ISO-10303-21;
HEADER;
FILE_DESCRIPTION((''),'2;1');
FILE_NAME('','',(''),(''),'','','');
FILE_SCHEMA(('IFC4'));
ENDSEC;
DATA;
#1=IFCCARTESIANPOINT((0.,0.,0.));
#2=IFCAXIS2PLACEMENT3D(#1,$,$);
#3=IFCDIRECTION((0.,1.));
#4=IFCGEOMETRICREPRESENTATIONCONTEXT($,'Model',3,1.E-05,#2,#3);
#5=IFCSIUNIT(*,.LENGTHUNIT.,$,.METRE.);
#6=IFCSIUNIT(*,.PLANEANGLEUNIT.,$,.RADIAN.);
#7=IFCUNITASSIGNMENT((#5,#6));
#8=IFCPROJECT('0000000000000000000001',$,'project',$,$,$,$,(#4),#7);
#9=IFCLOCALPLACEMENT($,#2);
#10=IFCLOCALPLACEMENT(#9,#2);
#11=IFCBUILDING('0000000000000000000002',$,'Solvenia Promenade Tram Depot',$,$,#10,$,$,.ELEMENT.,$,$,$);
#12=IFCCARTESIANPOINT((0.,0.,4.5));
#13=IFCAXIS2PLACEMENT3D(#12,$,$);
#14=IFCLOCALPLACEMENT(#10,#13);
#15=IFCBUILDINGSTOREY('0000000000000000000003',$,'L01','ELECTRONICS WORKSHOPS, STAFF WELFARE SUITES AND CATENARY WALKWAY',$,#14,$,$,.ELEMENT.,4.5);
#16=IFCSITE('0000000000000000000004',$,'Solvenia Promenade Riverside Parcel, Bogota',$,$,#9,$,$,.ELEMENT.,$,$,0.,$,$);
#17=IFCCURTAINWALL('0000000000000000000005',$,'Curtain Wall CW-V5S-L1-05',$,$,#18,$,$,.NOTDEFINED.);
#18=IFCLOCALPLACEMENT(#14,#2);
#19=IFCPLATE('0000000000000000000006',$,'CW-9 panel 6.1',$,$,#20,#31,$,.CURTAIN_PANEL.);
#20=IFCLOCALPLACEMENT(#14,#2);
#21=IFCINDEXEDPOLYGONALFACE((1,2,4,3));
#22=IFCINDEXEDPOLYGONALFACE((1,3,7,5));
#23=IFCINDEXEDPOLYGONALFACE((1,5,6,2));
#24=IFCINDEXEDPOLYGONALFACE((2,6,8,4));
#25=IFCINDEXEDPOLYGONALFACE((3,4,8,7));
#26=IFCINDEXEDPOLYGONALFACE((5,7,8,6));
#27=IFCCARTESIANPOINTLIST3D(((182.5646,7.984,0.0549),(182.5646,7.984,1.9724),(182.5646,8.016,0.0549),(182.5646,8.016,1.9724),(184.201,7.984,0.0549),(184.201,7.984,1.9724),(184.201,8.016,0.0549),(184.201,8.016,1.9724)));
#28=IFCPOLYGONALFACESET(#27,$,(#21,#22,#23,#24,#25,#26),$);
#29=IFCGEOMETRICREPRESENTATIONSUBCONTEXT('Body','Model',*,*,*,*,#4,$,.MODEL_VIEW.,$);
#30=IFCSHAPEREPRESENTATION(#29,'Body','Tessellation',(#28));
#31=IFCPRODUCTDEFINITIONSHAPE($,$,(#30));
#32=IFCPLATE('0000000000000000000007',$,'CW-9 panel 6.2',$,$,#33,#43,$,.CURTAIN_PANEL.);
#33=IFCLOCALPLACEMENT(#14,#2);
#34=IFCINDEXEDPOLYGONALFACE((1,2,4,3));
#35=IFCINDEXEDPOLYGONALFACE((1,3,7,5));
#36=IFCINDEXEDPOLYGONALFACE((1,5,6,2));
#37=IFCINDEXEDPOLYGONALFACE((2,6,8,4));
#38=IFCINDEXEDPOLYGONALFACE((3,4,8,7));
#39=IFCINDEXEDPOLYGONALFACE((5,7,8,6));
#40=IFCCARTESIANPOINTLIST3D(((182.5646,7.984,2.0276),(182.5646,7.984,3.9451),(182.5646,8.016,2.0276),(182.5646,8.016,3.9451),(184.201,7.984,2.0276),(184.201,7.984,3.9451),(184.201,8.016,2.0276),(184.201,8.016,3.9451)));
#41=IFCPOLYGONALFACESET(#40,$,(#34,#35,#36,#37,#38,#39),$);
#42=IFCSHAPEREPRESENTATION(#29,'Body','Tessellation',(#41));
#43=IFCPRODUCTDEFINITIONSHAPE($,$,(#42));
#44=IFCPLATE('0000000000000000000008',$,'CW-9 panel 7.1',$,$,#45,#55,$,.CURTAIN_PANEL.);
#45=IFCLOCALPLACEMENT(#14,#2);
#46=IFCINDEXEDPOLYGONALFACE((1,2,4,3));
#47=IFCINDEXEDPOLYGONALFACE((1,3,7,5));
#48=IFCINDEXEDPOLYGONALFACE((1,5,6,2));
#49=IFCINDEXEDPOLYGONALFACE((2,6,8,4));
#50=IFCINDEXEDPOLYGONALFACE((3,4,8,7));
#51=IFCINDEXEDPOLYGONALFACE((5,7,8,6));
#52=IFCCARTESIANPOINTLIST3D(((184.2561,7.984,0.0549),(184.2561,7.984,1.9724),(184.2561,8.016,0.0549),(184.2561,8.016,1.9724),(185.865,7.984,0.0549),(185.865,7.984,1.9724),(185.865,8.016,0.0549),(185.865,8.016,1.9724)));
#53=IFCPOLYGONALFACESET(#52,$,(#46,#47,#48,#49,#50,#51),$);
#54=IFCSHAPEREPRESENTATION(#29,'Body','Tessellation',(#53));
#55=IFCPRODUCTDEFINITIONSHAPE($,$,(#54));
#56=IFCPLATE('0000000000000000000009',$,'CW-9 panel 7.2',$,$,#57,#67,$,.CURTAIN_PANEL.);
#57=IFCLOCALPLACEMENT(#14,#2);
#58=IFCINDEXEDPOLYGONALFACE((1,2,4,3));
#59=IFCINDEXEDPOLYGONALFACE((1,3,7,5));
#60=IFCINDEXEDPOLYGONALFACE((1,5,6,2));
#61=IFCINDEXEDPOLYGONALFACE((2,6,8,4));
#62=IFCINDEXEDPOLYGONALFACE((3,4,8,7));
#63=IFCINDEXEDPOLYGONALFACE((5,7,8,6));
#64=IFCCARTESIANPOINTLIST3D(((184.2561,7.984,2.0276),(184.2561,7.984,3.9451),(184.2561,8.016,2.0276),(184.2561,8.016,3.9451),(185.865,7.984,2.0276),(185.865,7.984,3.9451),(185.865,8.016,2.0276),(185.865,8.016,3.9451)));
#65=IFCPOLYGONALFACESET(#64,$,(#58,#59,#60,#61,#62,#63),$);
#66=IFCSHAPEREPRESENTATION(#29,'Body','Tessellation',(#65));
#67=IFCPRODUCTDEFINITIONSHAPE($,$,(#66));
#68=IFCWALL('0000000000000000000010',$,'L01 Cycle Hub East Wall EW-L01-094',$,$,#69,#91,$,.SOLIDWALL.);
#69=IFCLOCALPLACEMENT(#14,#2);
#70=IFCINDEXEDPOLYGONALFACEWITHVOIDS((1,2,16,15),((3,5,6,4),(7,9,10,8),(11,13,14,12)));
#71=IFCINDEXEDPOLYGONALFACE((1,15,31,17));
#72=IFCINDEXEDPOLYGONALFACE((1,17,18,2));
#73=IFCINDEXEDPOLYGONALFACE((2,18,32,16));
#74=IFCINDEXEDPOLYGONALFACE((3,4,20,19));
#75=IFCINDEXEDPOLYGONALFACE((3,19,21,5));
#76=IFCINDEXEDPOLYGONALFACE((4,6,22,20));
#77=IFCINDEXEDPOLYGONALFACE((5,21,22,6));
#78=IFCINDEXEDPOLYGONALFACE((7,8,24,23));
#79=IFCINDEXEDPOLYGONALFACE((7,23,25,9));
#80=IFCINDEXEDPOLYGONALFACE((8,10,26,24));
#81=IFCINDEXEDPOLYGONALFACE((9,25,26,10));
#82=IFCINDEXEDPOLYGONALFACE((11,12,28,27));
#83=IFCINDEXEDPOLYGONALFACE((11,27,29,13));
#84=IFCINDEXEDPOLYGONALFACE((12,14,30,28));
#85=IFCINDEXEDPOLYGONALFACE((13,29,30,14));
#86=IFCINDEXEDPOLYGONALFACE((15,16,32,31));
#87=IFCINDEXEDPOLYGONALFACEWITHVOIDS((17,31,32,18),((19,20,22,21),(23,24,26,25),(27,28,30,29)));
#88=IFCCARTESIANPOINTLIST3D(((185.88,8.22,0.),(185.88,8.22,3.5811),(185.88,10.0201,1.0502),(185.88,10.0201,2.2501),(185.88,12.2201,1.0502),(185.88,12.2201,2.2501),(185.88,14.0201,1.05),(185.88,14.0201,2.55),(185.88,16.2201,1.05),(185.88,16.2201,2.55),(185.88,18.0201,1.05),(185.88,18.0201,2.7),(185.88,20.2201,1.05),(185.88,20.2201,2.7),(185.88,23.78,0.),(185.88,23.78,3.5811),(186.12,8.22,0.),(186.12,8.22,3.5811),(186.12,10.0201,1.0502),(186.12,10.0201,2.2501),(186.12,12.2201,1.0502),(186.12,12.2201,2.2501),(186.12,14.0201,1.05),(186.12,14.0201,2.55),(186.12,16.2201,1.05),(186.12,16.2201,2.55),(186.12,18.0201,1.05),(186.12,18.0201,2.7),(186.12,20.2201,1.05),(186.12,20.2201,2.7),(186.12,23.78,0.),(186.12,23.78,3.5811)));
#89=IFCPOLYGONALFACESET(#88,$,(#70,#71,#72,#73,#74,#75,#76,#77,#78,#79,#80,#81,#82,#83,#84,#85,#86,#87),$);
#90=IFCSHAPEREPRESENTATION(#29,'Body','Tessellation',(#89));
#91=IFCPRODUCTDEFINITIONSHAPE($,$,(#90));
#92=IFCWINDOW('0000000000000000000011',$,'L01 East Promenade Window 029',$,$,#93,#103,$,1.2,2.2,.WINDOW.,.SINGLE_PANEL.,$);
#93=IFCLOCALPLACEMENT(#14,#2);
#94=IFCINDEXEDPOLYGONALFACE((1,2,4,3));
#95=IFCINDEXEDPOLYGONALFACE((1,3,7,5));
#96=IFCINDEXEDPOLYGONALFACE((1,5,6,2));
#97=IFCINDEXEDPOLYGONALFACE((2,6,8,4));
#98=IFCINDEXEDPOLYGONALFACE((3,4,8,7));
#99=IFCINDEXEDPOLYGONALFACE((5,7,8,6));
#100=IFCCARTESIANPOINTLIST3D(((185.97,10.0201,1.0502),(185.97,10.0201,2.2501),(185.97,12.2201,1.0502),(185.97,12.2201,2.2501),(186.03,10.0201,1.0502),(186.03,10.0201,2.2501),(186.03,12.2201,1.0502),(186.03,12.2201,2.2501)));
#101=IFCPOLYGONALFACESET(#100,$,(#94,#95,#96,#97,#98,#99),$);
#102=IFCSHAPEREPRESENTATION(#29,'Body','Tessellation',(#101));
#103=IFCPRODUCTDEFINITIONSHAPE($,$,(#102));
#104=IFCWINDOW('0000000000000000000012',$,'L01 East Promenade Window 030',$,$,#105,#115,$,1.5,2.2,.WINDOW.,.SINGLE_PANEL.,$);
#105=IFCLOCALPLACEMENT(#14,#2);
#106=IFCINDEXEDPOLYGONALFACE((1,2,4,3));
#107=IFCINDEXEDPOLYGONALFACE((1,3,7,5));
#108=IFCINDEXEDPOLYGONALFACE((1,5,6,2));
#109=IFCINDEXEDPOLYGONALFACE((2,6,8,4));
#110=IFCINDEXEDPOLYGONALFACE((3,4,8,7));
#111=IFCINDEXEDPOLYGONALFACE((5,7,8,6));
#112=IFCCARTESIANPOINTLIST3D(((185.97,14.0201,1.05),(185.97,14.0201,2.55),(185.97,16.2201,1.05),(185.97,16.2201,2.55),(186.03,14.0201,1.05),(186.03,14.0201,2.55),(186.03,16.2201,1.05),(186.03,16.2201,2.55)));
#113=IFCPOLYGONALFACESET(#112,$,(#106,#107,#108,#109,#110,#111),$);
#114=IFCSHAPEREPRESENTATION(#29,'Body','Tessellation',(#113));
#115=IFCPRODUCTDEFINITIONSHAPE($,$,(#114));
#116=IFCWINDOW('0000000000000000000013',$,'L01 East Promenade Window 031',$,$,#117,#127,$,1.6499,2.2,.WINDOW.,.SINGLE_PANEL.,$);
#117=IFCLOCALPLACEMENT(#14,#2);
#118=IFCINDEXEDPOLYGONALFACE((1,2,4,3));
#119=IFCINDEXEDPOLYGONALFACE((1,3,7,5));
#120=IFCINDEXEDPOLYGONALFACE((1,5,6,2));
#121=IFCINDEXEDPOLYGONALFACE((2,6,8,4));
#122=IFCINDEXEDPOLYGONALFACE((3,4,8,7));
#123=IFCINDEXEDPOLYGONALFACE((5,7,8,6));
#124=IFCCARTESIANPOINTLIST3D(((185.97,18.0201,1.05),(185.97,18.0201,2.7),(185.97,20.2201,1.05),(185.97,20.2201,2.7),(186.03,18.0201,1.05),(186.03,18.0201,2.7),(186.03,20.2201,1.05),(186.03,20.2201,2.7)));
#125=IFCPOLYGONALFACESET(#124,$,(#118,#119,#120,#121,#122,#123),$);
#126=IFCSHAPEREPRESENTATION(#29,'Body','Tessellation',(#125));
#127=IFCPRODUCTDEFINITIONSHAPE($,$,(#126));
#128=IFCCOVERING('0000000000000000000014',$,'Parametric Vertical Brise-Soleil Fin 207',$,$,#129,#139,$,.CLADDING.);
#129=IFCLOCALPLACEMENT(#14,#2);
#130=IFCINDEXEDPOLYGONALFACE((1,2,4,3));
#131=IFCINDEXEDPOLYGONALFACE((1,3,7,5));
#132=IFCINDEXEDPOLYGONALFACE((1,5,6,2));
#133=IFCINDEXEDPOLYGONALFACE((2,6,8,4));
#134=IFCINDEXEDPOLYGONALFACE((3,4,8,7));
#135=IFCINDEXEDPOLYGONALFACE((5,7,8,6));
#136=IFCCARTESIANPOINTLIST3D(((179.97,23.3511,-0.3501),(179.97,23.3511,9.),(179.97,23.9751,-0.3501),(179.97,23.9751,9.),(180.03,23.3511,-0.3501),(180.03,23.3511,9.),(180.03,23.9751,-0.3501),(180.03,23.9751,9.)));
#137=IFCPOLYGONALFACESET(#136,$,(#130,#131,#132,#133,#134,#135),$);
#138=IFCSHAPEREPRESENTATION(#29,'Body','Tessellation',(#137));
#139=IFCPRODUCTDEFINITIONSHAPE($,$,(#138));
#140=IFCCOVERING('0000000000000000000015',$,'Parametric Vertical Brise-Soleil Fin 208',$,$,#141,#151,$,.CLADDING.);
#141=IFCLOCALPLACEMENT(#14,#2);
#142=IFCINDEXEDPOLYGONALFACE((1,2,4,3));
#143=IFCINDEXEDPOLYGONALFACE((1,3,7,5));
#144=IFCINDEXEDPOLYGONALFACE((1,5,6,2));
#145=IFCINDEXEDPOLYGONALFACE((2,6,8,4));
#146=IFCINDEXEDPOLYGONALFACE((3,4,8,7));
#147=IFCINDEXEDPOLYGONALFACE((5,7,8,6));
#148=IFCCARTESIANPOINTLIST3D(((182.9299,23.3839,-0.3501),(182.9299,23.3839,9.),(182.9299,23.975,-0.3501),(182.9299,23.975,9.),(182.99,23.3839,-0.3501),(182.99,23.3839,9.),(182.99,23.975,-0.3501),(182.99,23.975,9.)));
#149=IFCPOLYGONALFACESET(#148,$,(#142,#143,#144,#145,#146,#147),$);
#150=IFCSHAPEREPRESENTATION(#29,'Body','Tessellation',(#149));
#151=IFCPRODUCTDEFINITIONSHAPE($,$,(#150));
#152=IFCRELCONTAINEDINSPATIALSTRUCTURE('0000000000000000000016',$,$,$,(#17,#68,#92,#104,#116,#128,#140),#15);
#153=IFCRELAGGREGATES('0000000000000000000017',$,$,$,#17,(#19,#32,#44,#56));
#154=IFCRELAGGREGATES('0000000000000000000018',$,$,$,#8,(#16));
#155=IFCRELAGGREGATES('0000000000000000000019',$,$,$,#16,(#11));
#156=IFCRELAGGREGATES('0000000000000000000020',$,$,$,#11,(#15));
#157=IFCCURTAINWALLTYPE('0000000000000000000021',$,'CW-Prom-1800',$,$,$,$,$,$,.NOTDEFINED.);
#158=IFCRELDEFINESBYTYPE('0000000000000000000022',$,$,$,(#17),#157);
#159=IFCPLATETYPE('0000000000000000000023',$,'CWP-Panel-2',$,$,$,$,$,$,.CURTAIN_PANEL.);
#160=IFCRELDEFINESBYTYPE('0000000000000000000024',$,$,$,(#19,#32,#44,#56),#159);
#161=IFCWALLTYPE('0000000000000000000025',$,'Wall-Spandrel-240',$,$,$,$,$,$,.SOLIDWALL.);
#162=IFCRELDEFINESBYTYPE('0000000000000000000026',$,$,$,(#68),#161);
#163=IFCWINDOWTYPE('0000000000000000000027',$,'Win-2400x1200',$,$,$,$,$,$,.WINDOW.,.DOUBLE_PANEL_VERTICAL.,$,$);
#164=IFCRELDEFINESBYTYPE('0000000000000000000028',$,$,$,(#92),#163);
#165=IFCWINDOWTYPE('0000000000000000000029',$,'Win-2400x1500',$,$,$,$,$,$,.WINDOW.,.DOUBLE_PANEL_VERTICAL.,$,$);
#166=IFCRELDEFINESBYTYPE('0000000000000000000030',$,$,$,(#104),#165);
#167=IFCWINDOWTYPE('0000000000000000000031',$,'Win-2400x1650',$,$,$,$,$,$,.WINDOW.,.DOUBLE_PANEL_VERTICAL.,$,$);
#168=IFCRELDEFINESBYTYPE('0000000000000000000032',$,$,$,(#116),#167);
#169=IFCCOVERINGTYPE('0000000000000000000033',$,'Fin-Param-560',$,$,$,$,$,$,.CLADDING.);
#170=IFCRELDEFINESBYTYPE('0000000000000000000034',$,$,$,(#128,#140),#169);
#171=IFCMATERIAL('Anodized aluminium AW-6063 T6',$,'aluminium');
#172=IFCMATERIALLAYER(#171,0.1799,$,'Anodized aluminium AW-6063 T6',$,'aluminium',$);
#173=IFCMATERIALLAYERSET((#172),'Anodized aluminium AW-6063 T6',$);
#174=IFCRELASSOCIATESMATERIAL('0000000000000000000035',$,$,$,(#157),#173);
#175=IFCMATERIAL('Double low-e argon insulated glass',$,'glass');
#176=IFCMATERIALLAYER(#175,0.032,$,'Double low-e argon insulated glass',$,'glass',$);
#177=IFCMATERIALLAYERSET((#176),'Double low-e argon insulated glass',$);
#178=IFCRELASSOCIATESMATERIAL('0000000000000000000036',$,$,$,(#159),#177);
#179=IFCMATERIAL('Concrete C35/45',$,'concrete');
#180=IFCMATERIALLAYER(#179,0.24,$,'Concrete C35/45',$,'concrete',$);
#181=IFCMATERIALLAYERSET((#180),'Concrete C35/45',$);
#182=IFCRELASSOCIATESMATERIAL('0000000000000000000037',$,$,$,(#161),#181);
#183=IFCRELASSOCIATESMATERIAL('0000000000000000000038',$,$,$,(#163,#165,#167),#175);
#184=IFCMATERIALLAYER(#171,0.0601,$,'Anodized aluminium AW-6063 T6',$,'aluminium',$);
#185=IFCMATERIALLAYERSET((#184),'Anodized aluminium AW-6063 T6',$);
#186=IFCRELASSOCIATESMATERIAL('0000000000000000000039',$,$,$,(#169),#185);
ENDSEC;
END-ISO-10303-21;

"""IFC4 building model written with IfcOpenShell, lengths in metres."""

from ifc_helpers import new_model, si_unit, direction, frame, frame_2d, origin, origin_2d, place, context, subcontext, project, spatial, rectangle, extrude, material, layer, layer_set, type_object, element, fill, aggregate, save


model = new_model("IFC4")

# Units and contexts
model_context = context("Model", 3, precision=1e-05, world=origin(), true_north=direction((0.0, 1.0)))
body_context = subcontext(model_context, "Body", "Model", "MODEL_VIEW")
ifc_project = project(units=[si_unit("LENGTHUNIT", "METRE"), si_unit("PLANEANGLEUNIT", "RADIAN")], contexts=[model_context])

# Site, building, storey
site_placement = place(None, origin())
site = spatial("IfcSite", under=ifc_project, at=site_placement, Name="Solvenia Promenade Riverside Parcel, Bogota", CompositionType="ELEMENT", RefElevation=0.0)
building_placement = place(site_placement, origin())
building = spatial("IfcBuilding", under=site, at=building_placement, Name="Solvenia Promenade Tram Depot", CompositionType="ELEMENT")
storey_placement = place(building_placement, frame((0.0, 0.0, 4.5)))
storey = spatial("IfcBuildingStorey", under=building, at=storey_placement, Name="L01", Description="ELECTRONICS WORKSHOPS, STAFF WELFARE SUITES AND CATENARY WALKWAY", CompositionType="ELEMENT", Elevation=4.5)

# Curtain wall
ifc_material_1 = material(Name="Anodized aluminium AW-6063 T6", Category="aluminium")
ifc_layer_1 = layer(ifc_material_1, 0.1799, Name="Anodized aluminium AW-6063 T6", Category="aluminium")
ifc_layer_set_1 = layer_set([ifc_layer_1], Name="Anodized aluminium AW-6063 T6")
curtain_wall_type = type_object("IfcCurtainWallType", Name="CW-Prom-1800", PredefinedType="NOTDEFINED", material=ifc_layer_set_1)
curtain_wall_placement = place(storey_placement, origin())
curtain_wall = element("IfcCurtainWall", 1, at=curtain_wall_placement, inside=storey, type_object=curtain_wall_type, Name="Curtain Wall CW-V5S-L1-05", PredefinedType="NOTDEFINED")

# Plates
ifc_material_2 = material(Name="Double low-e argon insulated glass", Category="glass")
ifc_layer_2 = layer(ifc_material_2, 0.032, Name="Double low-e argon insulated glass", Category="glass")
ifc_layer_set_2 = layer_set([ifc_layer_2], Name="Double low-e argon insulated glass")
plate_type = type_object("IfcPlateType", Name="CWP-Panel-2", PredefinedType="CURTAIN_PANEL", material=ifc_layer_set_2)
plate_1_placement = place(storey_placement, frame((183.3828, 8.0, 0.0549), z_axis=(0.0, 0.0, 1.0), x_axis=(1.0, 0.0, 0.0)))
plate_1 = element("IfcPlate", 2, at=plate_1_placement, type_object=plate_type, Name="CW-9 panel 6.1", PredefinedType="CURTAIN_PANEL", context=body_context, shape_type="SweptSolid", body=[
    extrude(rectangle(XDim=1.6365, YDim=0.032, at=origin_2d()), origin(), (0.0, 0.0, 1.0), 1.9175),
])
plate_2_placement = place(storey_placement, frame((183.3828, 8.0, 2.0276), z_axis=(0.0, 0.0, 1.0), x_axis=(1.0, 0.0, 0.0)))
plate_2 = element("IfcPlate", 3, at=plate_2_placement, type_object=plate_type, Name="CW-9 panel 6.2", PredefinedType="CURTAIN_PANEL", context=body_context, shape_type="SweptSolid", body=[
    extrude(rectangle(XDim=1.6365, YDim=0.032, at=origin_2d()), origin(), (0.0, 0.0, 1.0), 1.9175),
])
plate_3_placement = place(storey_placement, frame((185.0605, 8.0, 0.0549), z_axis=(0.0, 0.0, 1.0), x_axis=(1.0, 0.0, 0.0)))
plate_3 = element("IfcPlate", 4, at=plate_3_placement, type_object=plate_type, Name="CW-9 panel 7.1", PredefinedType="CURTAIN_PANEL", context=body_context, shape_type="SweptSolid", body=[
    extrude(rectangle(XDim=1.6089, YDim=0.032, at=origin_2d()), origin(), (0.0, 0.0, 1.0), 1.9175),
])
plate_4_placement = place(storey_placement, frame((185.0605, 8.0, 2.0276), z_axis=(0.0, 0.0, 1.0), x_axis=(1.0, 0.0, 0.0)))
plate_4 = element("IfcPlate", 5, at=plate_4_placement, type_object=plate_type, Name="CW-9 panel 7.2", PredefinedType="CURTAIN_PANEL", context=body_context, shape_type="SweptSolid", body=[
    extrude(rectangle(XDim=1.6089, YDim=0.032, at=origin_2d()), origin(), (0.0, 0.0, 1.0), 1.9175),
])
aggregate(curtain_wall, [plate_1, plate_2, plate_3, plate_4])

# Wall, openings, windows
ifc_material_3 = material(Name="Concrete C35/45", Category="concrete")
ifc_layer_3 = layer(ifc_material_3, 0.24, Name="Concrete C35/45", Category="concrete")
ifc_layer_set_3 = layer_set([ifc_layer_3], Name="Concrete C35/45")
wall_type = type_object("IfcWallType", Name="Wall-Spandrel-240", PredefinedType="SOLIDWALL", material=ifc_layer_set_3)
wall_placement = place(storey_placement, frame((186.0, 8.22, 0.0), z_axis=(0.0, 0.0, 1.0), x_axis=(0.0, 1.0, 0.0)))
wall = element("IfcWall", 6, at=wall_placement, inside=storey, type_object=wall_type, Name="L01 Cycle Hub East Wall EW-L01-094", PredefinedType="SOLIDWALL", context=body_context, shape_type="SweptSolid", body=[
    extrude(rectangle(XDim=15.5601, YDim=0.24, at=frame_2d((7.78, 0.0))), origin(), (0.0, 0.0, 1.0), 3.5811),
])
opening_1_placement = place(wall_placement, frame((1.8, 0.0, 1.05)))
opening_1 = element("IfcOpeningElement", 7, at=opening_1_placement, cuts=wall, PredefinedType="OPENING", context=body_context, shape_type="SweptSolid", body=[
    extrude(rectangle(XDim=2.2, YDim=1.2, at=frame_2d((1.1001, 0.6001))), frame((0.0, 0.1299, 0.0), z_axis=(0.0, -1.0, 0.0), x_axis=(1.0, 0.0, 0.0)), (0.0, 0.0, 1.0), 0.26),
])
opening_2_placement = place(wall_placement, frame((5.8, 0.0, 1.05)))
opening_2 = element("IfcOpeningElement", 8, at=opening_2_placement, cuts=wall, PredefinedType="OPENING", context=body_context, shape_type="SweptSolid", body=[
    extrude(rectangle(XDim=2.2, YDim=1.5, at=frame_2d((1.1001, 0.75))), frame((0.0, 0.1299, 0.0), z_axis=(0.0, -1.0, 0.0), x_axis=(1.0, 0.0, 0.0)), (0.0, 0.0, 1.0), 0.26),
])
opening_3_placement = place(wall_placement, frame((9.8, 0.0, 1.05)))
opening_3 = element("IfcOpeningElement", 9, at=opening_3_placement, cuts=wall, PredefinedType="OPENING", context=body_context, shape_type="SweptSolid", body=[
    extrude(rectangle(XDim=2.2, YDim=1.6499, at=frame_2d((1.1001, 0.825))), frame((0.0, 0.1299, 0.0), z_axis=(0.0, -1.0, 0.0), x_axis=(1.0, 0.0, 0.0)), (0.0, 0.0, 1.0), 0.26),
])
window_type_1 = type_object("IfcWindowType", Name="Win-2400x1200", PartitioningType="DOUBLE_PANEL_VERTICAL", PredefinedType="WINDOW", material=ifc_material_2)
window_1_placement = place(opening_1_placement, origin())
window_1 = element("IfcWindow", 10, at=window_1_placement, inside=storey, type_object=window_type_1, Name="L01 East Promenade Window 029", OverallHeight=1.2, OverallWidth=2.2, PartitioningType="SINGLE_PANEL", PredefinedType="WINDOW", context=body_context, shape_type="SweptSolid", body=[
    extrude(rectangle(XDim=2.2, YDim=1.2, at=frame_2d((1.1001, 0.6001))), frame((0.0, 0.03, 0.0), z_axis=(0.0, -1.0, 0.0), x_axis=(1.0, 0.0, 0.0)), (0.0, 0.0, 1.0), 0.0601),
])
fill(opening_1, window_1)
window_type_2 = type_object("IfcWindowType", Name="Win-2400x1500", PartitioningType="DOUBLE_PANEL_VERTICAL", PredefinedType="WINDOW", material=ifc_material_2)
window_2_placement = place(opening_2_placement, origin())
window_2 = element("IfcWindow", 11, at=window_2_placement, inside=storey, type_object=window_type_2, Name="L01 East Promenade Window 030", OverallHeight=1.5, OverallWidth=2.2, PartitioningType="SINGLE_PANEL", PredefinedType="WINDOW", context=body_context, shape_type="SweptSolid", body=[
    extrude(rectangle(XDim=2.2, YDim=1.5, at=frame_2d((1.1001, 0.75))), frame((0.0, 0.03, 0.0), z_axis=(0.0, -1.0, 0.0), x_axis=(1.0, 0.0, 0.0)), (0.0, 0.0, 1.0), 0.0601),
])
fill(opening_2, window_2)
window_type_3 = type_object("IfcWindowType", Name="Win-2400x1650", PartitioningType="DOUBLE_PANEL_VERTICAL", PredefinedType="WINDOW", material=ifc_material_2)
window_3_placement = place(opening_3_placement, origin())
window_3 = element("IfcWindow", 12, at=window_3_placement, inside=storey, type_object=window_type_3, Name="L01 East Promenade Window 031", OverallHeight=1.6499, OverallWidth=2.2, PartitioningType="SINGLE_PANEL", PredefinedType="WINDOW", context=body_context, shape_type="SweptSolid", body=[
    extrude(rectangle(XDim=2.2, YDim=1.6499, at=frame_2d((1.1001, 0.825))), frame((0.0, 0.03, 0.0), z_axis=(0.0, -1.0, 0.0), x_axis=(1.0, 0.0, 0.0)), (0.0, 0.0, 1.0), 0.0601),
])
fill(opening_3, window_3)

# Coverings
ifc_layer_4 = layer(ifc_material_1, 0.0601, Name="Anodized aluminium AW-6063 T6", Category="aluminium")
ifc_layer_set_4 = layer_set([ifc_layer_4], Name="Anodized aluminium AW-6063 T6")
covering_type = type_object("IfcCoveringType", Name="Fin-Param-560", PredefinedType="CLADDING", material=ifc_layer_set_4)
covering_1_placement = place(storey_placement, frame((180.0, 23.6631, -0.3501), z_axis=(0.0, 0.0, 1.0), x_axis=(1.0, 0.0, 0.0)))
element("IfcCovering", 13, at=covering_1_placement, inside=storey, type_object=covering_type, Name="Parametric Vertical Brise-Soleil Fin 207", PredefinedType="CLADDING", context=body_context, shape_type="SweptSolid", body=[
    extrude(rectangle(XDim=0.0601, YDim=0.624, at=origin_2d()), origin(), (0.0, 0.0, 1.0), 9.3501),
])
covering_2_placement = place(storey_placement, frame((182.96, 23.6794, -0.3501), z_axis=(0.0, 0.0, 1.0), x_axis=(1.0, 0.0, 0.0)))
element("IfcCovering", 14, at=covering_2_placement, inside=storey, type_object=covering_type, Name="Parametric Vertical Brise-Soleil Fin 208", PredefinedType="CLADDING", context=body_context, shape_type="SweptSolid", body=[
    extrude(rectangle(XDim=0.0601, YDim=0.5911, at=origin_2d()), origin(), (0.0, 0.0, 1.0), 9.3501),
])

save(model, "model.ifc")
